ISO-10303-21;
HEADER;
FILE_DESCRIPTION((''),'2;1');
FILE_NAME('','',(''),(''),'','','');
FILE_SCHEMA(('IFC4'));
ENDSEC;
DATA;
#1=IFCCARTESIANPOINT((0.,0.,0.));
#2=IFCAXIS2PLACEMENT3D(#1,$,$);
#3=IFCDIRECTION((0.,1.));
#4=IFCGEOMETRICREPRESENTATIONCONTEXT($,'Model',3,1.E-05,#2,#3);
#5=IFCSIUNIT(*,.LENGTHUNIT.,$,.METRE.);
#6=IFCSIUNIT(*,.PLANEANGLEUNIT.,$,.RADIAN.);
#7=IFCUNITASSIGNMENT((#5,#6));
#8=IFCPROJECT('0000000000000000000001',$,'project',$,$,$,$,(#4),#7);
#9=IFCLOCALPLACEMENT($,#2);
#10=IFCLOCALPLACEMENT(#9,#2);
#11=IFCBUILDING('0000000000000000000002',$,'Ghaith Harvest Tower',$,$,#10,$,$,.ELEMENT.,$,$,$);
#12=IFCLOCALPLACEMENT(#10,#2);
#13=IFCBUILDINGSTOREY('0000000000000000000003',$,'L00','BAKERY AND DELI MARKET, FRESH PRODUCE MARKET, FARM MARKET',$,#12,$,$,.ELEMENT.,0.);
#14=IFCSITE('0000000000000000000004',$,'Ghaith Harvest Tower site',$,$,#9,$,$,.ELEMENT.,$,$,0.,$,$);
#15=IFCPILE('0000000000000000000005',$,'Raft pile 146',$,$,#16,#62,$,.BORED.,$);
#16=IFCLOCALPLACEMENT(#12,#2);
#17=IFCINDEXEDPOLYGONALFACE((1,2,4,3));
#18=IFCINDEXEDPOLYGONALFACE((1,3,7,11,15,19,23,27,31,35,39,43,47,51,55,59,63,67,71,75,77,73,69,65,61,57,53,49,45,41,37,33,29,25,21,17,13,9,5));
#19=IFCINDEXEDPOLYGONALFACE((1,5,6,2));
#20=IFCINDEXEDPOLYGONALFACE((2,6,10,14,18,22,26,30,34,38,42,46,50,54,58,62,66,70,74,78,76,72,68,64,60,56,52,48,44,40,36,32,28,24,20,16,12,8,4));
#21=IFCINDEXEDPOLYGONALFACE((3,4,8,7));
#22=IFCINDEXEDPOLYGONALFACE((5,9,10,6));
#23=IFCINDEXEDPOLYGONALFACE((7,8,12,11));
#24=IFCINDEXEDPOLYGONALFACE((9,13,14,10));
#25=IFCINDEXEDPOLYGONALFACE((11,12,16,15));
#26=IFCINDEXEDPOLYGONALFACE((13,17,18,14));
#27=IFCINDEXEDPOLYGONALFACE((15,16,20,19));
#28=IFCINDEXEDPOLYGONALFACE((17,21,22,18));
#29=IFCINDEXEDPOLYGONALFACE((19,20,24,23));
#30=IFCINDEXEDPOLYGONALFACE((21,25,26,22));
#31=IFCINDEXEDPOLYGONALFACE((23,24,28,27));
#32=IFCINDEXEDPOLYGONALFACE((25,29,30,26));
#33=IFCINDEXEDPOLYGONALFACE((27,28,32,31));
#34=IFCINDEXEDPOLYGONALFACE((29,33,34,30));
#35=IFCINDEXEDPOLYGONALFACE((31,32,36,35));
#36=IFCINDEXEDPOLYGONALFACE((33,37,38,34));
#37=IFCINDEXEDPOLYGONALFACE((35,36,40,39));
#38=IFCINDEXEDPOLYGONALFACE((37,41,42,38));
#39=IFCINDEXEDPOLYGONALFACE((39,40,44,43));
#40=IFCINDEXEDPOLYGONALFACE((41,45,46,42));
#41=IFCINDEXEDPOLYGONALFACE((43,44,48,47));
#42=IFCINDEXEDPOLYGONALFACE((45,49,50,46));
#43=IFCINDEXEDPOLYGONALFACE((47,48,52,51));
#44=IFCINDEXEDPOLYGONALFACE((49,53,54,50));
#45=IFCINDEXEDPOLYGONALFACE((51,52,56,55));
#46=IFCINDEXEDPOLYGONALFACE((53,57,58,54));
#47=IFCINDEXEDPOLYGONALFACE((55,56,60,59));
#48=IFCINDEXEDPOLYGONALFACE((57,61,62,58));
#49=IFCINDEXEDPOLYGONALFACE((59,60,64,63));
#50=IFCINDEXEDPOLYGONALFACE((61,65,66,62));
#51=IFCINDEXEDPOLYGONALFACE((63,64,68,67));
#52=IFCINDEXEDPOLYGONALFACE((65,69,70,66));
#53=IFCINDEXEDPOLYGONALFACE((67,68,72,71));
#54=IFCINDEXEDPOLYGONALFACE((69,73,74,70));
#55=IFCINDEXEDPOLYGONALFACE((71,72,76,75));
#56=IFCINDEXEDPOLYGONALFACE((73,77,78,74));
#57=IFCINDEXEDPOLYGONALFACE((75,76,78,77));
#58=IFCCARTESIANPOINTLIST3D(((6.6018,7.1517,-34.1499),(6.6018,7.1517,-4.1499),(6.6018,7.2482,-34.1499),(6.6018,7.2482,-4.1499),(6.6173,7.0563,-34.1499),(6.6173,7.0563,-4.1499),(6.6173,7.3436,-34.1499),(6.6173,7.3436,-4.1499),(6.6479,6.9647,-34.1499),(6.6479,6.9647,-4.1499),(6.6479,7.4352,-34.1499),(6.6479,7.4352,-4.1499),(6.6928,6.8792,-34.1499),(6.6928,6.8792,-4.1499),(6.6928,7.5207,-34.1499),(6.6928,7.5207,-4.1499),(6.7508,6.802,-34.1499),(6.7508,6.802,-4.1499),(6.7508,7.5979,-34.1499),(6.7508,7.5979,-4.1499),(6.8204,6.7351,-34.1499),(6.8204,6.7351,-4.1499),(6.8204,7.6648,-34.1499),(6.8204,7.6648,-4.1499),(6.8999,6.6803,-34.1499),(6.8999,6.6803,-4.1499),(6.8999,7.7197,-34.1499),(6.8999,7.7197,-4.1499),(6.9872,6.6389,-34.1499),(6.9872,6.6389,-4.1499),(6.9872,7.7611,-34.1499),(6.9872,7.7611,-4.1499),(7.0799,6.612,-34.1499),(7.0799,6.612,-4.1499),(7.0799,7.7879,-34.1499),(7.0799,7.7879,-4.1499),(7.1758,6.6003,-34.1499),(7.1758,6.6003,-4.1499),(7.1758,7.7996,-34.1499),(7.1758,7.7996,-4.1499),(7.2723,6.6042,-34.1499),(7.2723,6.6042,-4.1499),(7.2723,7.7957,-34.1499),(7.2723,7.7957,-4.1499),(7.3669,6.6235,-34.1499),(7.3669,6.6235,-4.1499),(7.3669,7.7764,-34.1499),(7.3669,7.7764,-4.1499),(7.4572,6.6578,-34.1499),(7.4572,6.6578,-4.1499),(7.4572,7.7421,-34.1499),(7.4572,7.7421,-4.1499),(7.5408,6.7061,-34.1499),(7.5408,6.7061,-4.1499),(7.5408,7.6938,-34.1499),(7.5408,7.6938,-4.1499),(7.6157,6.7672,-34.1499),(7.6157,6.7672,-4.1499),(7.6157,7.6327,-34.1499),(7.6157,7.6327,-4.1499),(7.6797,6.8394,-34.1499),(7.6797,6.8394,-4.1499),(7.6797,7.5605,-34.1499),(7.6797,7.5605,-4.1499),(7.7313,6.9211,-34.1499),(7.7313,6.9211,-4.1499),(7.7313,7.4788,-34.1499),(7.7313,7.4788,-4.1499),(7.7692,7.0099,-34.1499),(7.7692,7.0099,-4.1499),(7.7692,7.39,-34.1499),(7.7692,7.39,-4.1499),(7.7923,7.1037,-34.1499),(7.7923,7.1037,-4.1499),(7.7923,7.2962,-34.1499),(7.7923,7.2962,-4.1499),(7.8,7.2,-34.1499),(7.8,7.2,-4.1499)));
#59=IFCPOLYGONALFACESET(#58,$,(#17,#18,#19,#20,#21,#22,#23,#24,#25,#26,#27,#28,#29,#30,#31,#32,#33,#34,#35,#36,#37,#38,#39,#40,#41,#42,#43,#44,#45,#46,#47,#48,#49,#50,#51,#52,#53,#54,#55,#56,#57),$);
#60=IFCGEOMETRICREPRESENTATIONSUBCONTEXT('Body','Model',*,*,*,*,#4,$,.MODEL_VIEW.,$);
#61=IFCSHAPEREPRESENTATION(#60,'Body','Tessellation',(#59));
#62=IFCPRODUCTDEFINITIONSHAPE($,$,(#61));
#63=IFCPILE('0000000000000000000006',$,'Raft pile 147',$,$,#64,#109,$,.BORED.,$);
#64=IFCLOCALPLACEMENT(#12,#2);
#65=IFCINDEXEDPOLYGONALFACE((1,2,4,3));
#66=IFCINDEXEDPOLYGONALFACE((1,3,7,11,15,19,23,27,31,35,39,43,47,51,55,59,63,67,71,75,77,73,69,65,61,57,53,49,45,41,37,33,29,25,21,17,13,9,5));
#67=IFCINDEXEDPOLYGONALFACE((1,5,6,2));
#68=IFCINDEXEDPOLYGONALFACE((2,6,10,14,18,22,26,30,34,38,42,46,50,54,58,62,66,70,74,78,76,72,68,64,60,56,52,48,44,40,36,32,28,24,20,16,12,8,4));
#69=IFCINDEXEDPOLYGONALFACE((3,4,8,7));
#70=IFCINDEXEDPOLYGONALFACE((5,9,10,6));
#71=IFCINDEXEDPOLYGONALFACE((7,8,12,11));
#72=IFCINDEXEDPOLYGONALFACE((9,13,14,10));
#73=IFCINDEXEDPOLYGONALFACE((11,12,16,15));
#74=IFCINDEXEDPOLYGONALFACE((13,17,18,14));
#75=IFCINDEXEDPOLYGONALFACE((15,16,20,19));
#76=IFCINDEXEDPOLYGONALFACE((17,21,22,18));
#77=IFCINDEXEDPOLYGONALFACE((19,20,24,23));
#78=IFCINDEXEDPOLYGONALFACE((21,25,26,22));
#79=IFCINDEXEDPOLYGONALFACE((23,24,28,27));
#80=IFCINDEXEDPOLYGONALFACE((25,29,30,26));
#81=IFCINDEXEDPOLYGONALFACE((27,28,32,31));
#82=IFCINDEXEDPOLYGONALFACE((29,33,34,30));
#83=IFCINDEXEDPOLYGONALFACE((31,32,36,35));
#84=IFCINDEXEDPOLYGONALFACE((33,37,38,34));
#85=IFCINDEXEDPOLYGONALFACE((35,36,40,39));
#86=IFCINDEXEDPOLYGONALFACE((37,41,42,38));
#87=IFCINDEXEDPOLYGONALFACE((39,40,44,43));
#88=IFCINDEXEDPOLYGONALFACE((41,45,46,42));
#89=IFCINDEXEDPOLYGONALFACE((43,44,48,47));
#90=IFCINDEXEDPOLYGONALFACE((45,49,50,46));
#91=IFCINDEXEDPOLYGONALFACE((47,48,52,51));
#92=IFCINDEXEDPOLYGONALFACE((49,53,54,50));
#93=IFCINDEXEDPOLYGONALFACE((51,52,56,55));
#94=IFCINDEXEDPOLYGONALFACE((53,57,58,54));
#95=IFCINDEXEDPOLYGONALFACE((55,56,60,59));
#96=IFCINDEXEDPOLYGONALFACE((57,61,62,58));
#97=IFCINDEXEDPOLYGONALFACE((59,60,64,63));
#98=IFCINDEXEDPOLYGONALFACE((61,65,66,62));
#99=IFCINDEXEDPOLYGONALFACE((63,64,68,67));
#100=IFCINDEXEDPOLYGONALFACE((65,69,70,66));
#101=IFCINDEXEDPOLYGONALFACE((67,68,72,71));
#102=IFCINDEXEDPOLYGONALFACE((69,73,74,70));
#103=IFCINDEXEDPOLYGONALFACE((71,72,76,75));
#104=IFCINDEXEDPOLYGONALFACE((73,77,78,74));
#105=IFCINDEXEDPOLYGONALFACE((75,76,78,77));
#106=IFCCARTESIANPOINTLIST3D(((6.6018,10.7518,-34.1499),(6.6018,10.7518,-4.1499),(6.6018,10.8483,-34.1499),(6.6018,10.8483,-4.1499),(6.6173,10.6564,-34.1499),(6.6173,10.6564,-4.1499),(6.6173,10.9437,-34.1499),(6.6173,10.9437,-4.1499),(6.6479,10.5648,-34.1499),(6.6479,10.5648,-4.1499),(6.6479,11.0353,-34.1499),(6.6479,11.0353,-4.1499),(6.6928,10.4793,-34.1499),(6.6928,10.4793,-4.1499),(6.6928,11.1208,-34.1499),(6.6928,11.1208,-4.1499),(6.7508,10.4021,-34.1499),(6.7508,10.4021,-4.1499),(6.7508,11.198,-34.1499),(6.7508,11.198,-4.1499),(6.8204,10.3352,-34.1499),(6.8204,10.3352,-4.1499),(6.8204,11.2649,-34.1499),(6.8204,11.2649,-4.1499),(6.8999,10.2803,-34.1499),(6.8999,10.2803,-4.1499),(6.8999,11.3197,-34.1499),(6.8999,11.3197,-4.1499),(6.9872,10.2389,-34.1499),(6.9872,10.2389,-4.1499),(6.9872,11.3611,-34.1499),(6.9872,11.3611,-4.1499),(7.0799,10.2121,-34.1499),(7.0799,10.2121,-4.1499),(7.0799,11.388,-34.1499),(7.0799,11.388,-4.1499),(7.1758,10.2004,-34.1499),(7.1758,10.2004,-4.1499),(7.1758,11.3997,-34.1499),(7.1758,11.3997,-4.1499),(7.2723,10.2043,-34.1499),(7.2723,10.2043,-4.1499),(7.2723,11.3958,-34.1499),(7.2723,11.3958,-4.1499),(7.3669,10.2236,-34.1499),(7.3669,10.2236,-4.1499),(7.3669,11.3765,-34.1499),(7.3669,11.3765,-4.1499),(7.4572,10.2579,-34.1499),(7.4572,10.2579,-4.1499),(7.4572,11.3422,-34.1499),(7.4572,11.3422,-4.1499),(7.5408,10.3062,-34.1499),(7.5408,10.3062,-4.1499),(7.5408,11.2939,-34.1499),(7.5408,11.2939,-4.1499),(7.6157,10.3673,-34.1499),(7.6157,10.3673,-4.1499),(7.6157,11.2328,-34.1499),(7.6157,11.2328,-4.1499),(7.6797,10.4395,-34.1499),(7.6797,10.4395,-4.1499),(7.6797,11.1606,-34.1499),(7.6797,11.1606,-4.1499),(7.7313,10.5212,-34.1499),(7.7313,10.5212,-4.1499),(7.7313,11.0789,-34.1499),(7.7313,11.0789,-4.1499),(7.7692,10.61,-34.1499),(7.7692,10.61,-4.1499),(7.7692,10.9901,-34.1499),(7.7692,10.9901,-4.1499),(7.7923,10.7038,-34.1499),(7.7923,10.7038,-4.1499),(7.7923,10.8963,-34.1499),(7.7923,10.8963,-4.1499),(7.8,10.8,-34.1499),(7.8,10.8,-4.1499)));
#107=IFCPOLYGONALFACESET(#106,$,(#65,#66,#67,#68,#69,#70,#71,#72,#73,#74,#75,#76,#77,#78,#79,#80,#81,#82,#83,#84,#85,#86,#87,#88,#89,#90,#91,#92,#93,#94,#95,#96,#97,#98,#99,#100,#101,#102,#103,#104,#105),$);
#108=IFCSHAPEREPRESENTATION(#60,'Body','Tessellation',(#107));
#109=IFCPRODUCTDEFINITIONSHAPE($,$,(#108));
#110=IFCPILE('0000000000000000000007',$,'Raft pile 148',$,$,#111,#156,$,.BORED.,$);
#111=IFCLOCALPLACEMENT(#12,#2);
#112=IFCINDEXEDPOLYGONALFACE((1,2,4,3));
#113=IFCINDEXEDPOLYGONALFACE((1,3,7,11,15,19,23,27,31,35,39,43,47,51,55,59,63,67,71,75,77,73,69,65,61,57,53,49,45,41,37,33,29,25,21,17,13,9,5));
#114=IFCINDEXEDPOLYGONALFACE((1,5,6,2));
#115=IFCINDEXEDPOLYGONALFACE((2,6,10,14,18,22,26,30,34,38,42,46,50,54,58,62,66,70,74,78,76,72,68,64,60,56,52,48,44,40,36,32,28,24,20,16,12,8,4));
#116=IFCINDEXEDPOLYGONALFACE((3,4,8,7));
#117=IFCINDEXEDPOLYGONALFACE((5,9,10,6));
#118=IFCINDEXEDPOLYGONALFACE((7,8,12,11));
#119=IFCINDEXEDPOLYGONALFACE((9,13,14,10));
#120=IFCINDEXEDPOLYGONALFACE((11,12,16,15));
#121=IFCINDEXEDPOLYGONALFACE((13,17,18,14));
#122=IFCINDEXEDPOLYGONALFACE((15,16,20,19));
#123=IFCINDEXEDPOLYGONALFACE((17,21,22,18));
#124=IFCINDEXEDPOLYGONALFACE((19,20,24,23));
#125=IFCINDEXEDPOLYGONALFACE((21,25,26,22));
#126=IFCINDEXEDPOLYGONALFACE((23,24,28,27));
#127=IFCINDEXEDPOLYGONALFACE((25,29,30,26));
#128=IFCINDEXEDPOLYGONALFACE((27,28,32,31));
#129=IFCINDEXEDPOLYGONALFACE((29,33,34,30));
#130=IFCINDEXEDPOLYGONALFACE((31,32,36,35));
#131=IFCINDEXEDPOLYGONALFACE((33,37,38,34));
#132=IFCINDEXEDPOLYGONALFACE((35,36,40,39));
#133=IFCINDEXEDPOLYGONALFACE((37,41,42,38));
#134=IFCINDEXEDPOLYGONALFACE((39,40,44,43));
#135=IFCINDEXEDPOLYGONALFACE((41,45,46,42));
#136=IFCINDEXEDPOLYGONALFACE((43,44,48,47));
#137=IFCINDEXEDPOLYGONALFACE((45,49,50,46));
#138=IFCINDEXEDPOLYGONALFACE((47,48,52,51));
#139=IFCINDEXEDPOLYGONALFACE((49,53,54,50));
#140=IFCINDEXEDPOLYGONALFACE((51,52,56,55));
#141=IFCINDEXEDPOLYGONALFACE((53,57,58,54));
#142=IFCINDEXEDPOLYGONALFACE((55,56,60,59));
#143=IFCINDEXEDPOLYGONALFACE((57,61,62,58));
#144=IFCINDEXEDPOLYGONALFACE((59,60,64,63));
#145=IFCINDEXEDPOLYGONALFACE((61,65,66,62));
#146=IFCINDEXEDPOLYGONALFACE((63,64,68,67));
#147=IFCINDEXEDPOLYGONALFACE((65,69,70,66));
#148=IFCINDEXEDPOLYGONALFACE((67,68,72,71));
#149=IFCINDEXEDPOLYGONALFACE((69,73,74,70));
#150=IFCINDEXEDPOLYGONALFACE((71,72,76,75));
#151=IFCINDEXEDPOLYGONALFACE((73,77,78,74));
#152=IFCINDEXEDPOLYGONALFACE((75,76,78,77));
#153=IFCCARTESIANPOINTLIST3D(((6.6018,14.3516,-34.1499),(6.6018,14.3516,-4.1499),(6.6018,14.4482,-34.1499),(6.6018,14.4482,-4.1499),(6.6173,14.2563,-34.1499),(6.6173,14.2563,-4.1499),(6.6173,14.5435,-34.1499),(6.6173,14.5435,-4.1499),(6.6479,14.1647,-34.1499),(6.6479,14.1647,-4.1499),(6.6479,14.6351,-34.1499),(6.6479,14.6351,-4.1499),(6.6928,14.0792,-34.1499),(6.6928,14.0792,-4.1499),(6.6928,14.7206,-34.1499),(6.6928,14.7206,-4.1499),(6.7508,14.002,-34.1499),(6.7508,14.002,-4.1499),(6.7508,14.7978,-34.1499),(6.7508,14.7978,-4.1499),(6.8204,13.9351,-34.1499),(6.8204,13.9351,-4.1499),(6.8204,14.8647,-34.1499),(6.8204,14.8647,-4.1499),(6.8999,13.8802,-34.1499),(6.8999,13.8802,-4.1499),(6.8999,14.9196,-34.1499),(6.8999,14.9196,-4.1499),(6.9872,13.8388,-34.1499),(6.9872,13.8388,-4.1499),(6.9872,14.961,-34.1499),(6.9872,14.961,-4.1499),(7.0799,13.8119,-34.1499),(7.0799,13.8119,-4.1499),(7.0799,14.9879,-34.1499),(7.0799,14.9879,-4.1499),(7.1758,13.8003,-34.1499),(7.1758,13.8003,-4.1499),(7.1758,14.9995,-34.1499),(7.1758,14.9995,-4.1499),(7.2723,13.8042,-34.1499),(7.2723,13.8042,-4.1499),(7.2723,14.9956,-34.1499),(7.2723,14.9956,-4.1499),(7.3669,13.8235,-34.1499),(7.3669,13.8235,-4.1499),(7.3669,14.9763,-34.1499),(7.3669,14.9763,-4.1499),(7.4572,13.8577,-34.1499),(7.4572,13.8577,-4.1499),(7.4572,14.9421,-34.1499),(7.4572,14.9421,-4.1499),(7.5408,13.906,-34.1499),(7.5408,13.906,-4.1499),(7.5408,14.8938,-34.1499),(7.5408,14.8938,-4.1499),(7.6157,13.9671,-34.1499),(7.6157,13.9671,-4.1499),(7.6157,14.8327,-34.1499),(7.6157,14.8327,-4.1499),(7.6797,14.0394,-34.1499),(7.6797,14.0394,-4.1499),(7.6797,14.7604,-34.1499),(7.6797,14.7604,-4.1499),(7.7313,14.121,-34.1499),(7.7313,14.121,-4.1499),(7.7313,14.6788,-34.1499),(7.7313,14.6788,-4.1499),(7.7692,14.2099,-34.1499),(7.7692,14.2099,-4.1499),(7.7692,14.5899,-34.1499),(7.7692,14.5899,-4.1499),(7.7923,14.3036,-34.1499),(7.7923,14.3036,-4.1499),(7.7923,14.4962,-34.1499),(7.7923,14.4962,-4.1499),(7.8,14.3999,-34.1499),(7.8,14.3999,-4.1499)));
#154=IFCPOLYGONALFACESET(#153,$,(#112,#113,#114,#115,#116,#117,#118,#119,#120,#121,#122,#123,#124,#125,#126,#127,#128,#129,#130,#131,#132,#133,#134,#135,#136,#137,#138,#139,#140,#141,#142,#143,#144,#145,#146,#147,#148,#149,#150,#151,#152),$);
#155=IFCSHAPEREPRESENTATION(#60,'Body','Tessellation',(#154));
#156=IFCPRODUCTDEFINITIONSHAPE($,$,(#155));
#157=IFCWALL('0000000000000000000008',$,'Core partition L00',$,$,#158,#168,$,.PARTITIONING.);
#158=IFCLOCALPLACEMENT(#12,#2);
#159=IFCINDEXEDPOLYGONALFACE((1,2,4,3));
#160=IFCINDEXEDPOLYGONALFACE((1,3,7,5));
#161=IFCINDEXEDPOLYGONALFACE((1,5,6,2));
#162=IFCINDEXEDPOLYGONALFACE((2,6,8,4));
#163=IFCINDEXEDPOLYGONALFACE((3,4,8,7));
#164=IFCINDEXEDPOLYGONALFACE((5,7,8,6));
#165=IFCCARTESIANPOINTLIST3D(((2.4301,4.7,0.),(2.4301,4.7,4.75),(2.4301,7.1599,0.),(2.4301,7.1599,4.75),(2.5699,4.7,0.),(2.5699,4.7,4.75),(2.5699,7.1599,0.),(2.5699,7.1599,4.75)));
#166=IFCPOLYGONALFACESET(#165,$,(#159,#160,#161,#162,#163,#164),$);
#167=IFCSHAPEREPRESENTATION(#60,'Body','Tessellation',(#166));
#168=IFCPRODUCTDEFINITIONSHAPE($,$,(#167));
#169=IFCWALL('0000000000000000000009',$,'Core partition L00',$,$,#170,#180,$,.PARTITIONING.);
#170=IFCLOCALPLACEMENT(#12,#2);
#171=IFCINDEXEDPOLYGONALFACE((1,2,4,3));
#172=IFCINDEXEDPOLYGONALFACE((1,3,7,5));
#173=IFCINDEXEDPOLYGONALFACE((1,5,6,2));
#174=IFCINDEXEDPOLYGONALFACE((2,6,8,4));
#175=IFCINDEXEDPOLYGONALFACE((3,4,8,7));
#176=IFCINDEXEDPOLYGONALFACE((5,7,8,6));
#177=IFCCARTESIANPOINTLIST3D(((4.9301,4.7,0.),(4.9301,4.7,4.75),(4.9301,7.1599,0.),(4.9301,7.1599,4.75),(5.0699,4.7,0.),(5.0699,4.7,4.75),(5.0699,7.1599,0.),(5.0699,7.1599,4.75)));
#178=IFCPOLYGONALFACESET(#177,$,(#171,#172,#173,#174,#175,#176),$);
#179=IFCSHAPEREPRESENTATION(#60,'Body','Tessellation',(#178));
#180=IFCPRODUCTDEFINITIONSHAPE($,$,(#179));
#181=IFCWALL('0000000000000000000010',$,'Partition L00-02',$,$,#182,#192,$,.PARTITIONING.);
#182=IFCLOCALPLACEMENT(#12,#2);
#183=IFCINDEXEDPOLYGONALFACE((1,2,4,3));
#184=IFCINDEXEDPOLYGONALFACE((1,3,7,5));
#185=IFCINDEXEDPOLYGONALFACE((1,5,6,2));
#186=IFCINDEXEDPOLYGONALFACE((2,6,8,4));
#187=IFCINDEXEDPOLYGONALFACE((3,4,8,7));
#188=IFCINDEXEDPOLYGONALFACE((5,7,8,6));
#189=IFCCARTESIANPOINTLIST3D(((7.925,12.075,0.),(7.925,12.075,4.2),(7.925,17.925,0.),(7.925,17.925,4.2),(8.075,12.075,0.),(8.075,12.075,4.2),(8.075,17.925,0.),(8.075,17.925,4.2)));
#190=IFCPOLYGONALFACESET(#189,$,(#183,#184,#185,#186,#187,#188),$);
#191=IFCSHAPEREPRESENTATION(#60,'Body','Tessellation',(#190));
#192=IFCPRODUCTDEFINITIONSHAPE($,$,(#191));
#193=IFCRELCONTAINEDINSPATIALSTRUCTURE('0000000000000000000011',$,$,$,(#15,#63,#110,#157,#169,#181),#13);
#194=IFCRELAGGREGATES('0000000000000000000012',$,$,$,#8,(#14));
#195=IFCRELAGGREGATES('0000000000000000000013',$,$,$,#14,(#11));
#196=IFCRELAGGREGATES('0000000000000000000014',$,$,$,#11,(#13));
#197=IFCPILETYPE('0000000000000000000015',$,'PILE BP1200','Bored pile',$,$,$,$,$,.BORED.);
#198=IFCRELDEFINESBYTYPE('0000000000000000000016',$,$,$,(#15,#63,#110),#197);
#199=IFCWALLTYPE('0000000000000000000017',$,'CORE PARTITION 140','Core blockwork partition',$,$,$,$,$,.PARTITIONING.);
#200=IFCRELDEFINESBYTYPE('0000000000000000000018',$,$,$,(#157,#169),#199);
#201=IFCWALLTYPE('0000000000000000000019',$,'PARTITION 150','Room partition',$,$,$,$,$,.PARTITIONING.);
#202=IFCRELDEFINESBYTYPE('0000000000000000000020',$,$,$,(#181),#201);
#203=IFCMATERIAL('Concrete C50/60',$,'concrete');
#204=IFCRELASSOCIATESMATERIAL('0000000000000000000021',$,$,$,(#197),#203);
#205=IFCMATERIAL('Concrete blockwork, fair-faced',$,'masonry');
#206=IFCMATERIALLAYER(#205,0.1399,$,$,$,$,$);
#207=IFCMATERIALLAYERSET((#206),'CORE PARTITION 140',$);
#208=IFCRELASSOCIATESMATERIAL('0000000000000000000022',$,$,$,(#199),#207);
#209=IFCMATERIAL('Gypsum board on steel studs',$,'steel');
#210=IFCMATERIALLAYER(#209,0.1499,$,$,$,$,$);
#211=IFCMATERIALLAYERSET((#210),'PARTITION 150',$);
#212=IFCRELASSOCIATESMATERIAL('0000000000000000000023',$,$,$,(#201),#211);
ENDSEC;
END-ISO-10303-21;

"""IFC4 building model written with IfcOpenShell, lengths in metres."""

from ifc_helpers import new_model, si_unit, direction, frame, frame_2d, origin, origin_2d, place, context, subcontext, project, spatial, rectangle, circle, extrude, material, layer, layer_set, material_profile, profile_set, type_object, element, save


model = new_model("IFC4")

# Units and contexts
model_context = context("Model", 3, precision=1e-05, world=origin(), true_north=direction((0.0, 1.0)))
body_context = subcontext(model_context, "Body", "Model", "MODEL_VIEW")
ifc_project = project(units=[si_unit("LENGTHUNIT", "METRE"), si_unit("PLANEANGLEUNIT", "RADIAN")], contexts=[model_context])

# Site, building, storey
site_placement = place(None, origin())
site = spatial("IfcSite", under=ifc_project, at=site_placement, Name="Ghaith Harvest Tower site", CompositionType="ELEMENT", RefElevation=0.0)
building_placement = place(site_placement, origin())
building = spatial("IfcBuilding", under=site, at=building_placement, Name="Ghaith Harvest Tower", CompositionType="ELEMENT")
storey_placement = place(building_placement, origin())
storey = spatial("IfcBuildingStorey", under=building, at=storey_placement, Name="L00", Description="BAKERY AND DELI MARKET, FRESH PRODUCE MARKET, FARM MARKET", CompositionType="ELEMENT", Elevation=0.0)

# Piles
ifc_material_1 = material(Name="Concrete C50/60", Category="concrete")
ifc_material_profile = material_profile(ifc_material_1, circle(Radius=0.6001, at=origin_2d()), Name="PILE1200")
ifc_profile_set = profile_set([ifc_material_profile], Name="Concrete C50/60")
pile_type = type_object("IfcPileType", Name="PILE BP1200", Description="Bored pile", PredefinedType="BORED", material=ifc_profile_set)
for number, where, z_axis, x_axis, name in (
    (1, (7.2, 7.2, -4.1499), (0.0, 0.0, -1.0), (1.0, 0.0, 0.0), "Raft pile 146"),
    (2, (7.2, 10.8, -4.1499), (0.0, 0.0, -1.0), (1.0, 0.0, 0.0), "Raft pile 147"),
    (3, (7.2, 14.3999, -4.1499), (0.0, 0.0, -1.0), (1.0, 0.0, 0.0), "Raft pile 148"),
):
    element("IfcPile", number, at=place(storey_placement, frame(where, z_axis=z_axis, x_axis=x_axis)), inside=storey, type_object=pile_type, Name=name, PredefinedType="BORED", context=body_context, shape_type="SweptSolid", body=[
        extrude(circle(Radius=0.6001, at=origin_2d()), origin(), (0.0, 0.0, 1.0), 30.0),
    ])

# Walls
ifc_material_2 = material(Name="Concrete blockwork, fair-faced", Category="masonry")
ifc_layer_1 = layer(ifc_material_2, 0.1399)
ifc_layer_set_1 = layer_set([ifc_layer_1], Name="CORE PARTITION 140")
wall_type_1 = type_object("IfcWallType", Name="CORE PARTITION 140", Description="Core blockwork partition", PredefinedType="PARTITIONING", material=ifc_layer_set_1)
for number, where, z_axis, x_axis, name in (
    (4, (2.5, 4.7, 0.0), (0.0, 0.0, 1.0), (0.0, 1.0, 0.0), "Core partition L00"),
    (5, (5.0, 4.7, 0.0), (0.0, 0.0, 1.0), (0.0, 1.0, 0.0), "Core partition L00"),
):
    element("IfcWall", number, at=place(storey_placement, frame(where, z_axis=z_axis, x_axis=x_axis)), inside=storey, type_object=wall_type_1, Name=name, PredefinedType="PARTITIONING", context=body_context, shape_type="SweptSolid", body=[
        extrude(rectangle(XDim=2.46, YDim=0.1399, at=frame_2d((1.23, 0.0))), origin(), (0.0, 0.0, 1.0), 4.75),
    ])
ifc_material_3 = material(Name="Gypsum board on steel studs", Category="steel")
ifc_layer_2 = layer(ifc_material_3, 0.1499)
ifc_layer_set_2 = layer_set([ifc_layer_2], Name="PARTITION 150")
wall_type_2 = type_object("IfcWallType", Name="PARTITION 150", Description="Room partition", PredefinedType="PARTITIONING", material=ifc_layer_set_2)
wall_1_placement = place(storey_placement, frame((8.0, 12.075, 0.0), z_axis=(0.0, 0.0, 1.0), x_axis=(0.0, 1.0, 0.0)))
element("IfcWall", 6, at=wall_1_placement, inside=storey, type_object=wall_type_2, Name="Partition L00-02", PredefinedType="PARTITIONING", context=body_context, shape_type="SweptSolid", body=[
    extrude(rectangle(XDim=5.8501, YDim=0.1499, at=frame_2d((2.925, 0.0))), origin(), (0.0, 0.0, 1.0), 4.2),
])

save(model, "model.ifc")
